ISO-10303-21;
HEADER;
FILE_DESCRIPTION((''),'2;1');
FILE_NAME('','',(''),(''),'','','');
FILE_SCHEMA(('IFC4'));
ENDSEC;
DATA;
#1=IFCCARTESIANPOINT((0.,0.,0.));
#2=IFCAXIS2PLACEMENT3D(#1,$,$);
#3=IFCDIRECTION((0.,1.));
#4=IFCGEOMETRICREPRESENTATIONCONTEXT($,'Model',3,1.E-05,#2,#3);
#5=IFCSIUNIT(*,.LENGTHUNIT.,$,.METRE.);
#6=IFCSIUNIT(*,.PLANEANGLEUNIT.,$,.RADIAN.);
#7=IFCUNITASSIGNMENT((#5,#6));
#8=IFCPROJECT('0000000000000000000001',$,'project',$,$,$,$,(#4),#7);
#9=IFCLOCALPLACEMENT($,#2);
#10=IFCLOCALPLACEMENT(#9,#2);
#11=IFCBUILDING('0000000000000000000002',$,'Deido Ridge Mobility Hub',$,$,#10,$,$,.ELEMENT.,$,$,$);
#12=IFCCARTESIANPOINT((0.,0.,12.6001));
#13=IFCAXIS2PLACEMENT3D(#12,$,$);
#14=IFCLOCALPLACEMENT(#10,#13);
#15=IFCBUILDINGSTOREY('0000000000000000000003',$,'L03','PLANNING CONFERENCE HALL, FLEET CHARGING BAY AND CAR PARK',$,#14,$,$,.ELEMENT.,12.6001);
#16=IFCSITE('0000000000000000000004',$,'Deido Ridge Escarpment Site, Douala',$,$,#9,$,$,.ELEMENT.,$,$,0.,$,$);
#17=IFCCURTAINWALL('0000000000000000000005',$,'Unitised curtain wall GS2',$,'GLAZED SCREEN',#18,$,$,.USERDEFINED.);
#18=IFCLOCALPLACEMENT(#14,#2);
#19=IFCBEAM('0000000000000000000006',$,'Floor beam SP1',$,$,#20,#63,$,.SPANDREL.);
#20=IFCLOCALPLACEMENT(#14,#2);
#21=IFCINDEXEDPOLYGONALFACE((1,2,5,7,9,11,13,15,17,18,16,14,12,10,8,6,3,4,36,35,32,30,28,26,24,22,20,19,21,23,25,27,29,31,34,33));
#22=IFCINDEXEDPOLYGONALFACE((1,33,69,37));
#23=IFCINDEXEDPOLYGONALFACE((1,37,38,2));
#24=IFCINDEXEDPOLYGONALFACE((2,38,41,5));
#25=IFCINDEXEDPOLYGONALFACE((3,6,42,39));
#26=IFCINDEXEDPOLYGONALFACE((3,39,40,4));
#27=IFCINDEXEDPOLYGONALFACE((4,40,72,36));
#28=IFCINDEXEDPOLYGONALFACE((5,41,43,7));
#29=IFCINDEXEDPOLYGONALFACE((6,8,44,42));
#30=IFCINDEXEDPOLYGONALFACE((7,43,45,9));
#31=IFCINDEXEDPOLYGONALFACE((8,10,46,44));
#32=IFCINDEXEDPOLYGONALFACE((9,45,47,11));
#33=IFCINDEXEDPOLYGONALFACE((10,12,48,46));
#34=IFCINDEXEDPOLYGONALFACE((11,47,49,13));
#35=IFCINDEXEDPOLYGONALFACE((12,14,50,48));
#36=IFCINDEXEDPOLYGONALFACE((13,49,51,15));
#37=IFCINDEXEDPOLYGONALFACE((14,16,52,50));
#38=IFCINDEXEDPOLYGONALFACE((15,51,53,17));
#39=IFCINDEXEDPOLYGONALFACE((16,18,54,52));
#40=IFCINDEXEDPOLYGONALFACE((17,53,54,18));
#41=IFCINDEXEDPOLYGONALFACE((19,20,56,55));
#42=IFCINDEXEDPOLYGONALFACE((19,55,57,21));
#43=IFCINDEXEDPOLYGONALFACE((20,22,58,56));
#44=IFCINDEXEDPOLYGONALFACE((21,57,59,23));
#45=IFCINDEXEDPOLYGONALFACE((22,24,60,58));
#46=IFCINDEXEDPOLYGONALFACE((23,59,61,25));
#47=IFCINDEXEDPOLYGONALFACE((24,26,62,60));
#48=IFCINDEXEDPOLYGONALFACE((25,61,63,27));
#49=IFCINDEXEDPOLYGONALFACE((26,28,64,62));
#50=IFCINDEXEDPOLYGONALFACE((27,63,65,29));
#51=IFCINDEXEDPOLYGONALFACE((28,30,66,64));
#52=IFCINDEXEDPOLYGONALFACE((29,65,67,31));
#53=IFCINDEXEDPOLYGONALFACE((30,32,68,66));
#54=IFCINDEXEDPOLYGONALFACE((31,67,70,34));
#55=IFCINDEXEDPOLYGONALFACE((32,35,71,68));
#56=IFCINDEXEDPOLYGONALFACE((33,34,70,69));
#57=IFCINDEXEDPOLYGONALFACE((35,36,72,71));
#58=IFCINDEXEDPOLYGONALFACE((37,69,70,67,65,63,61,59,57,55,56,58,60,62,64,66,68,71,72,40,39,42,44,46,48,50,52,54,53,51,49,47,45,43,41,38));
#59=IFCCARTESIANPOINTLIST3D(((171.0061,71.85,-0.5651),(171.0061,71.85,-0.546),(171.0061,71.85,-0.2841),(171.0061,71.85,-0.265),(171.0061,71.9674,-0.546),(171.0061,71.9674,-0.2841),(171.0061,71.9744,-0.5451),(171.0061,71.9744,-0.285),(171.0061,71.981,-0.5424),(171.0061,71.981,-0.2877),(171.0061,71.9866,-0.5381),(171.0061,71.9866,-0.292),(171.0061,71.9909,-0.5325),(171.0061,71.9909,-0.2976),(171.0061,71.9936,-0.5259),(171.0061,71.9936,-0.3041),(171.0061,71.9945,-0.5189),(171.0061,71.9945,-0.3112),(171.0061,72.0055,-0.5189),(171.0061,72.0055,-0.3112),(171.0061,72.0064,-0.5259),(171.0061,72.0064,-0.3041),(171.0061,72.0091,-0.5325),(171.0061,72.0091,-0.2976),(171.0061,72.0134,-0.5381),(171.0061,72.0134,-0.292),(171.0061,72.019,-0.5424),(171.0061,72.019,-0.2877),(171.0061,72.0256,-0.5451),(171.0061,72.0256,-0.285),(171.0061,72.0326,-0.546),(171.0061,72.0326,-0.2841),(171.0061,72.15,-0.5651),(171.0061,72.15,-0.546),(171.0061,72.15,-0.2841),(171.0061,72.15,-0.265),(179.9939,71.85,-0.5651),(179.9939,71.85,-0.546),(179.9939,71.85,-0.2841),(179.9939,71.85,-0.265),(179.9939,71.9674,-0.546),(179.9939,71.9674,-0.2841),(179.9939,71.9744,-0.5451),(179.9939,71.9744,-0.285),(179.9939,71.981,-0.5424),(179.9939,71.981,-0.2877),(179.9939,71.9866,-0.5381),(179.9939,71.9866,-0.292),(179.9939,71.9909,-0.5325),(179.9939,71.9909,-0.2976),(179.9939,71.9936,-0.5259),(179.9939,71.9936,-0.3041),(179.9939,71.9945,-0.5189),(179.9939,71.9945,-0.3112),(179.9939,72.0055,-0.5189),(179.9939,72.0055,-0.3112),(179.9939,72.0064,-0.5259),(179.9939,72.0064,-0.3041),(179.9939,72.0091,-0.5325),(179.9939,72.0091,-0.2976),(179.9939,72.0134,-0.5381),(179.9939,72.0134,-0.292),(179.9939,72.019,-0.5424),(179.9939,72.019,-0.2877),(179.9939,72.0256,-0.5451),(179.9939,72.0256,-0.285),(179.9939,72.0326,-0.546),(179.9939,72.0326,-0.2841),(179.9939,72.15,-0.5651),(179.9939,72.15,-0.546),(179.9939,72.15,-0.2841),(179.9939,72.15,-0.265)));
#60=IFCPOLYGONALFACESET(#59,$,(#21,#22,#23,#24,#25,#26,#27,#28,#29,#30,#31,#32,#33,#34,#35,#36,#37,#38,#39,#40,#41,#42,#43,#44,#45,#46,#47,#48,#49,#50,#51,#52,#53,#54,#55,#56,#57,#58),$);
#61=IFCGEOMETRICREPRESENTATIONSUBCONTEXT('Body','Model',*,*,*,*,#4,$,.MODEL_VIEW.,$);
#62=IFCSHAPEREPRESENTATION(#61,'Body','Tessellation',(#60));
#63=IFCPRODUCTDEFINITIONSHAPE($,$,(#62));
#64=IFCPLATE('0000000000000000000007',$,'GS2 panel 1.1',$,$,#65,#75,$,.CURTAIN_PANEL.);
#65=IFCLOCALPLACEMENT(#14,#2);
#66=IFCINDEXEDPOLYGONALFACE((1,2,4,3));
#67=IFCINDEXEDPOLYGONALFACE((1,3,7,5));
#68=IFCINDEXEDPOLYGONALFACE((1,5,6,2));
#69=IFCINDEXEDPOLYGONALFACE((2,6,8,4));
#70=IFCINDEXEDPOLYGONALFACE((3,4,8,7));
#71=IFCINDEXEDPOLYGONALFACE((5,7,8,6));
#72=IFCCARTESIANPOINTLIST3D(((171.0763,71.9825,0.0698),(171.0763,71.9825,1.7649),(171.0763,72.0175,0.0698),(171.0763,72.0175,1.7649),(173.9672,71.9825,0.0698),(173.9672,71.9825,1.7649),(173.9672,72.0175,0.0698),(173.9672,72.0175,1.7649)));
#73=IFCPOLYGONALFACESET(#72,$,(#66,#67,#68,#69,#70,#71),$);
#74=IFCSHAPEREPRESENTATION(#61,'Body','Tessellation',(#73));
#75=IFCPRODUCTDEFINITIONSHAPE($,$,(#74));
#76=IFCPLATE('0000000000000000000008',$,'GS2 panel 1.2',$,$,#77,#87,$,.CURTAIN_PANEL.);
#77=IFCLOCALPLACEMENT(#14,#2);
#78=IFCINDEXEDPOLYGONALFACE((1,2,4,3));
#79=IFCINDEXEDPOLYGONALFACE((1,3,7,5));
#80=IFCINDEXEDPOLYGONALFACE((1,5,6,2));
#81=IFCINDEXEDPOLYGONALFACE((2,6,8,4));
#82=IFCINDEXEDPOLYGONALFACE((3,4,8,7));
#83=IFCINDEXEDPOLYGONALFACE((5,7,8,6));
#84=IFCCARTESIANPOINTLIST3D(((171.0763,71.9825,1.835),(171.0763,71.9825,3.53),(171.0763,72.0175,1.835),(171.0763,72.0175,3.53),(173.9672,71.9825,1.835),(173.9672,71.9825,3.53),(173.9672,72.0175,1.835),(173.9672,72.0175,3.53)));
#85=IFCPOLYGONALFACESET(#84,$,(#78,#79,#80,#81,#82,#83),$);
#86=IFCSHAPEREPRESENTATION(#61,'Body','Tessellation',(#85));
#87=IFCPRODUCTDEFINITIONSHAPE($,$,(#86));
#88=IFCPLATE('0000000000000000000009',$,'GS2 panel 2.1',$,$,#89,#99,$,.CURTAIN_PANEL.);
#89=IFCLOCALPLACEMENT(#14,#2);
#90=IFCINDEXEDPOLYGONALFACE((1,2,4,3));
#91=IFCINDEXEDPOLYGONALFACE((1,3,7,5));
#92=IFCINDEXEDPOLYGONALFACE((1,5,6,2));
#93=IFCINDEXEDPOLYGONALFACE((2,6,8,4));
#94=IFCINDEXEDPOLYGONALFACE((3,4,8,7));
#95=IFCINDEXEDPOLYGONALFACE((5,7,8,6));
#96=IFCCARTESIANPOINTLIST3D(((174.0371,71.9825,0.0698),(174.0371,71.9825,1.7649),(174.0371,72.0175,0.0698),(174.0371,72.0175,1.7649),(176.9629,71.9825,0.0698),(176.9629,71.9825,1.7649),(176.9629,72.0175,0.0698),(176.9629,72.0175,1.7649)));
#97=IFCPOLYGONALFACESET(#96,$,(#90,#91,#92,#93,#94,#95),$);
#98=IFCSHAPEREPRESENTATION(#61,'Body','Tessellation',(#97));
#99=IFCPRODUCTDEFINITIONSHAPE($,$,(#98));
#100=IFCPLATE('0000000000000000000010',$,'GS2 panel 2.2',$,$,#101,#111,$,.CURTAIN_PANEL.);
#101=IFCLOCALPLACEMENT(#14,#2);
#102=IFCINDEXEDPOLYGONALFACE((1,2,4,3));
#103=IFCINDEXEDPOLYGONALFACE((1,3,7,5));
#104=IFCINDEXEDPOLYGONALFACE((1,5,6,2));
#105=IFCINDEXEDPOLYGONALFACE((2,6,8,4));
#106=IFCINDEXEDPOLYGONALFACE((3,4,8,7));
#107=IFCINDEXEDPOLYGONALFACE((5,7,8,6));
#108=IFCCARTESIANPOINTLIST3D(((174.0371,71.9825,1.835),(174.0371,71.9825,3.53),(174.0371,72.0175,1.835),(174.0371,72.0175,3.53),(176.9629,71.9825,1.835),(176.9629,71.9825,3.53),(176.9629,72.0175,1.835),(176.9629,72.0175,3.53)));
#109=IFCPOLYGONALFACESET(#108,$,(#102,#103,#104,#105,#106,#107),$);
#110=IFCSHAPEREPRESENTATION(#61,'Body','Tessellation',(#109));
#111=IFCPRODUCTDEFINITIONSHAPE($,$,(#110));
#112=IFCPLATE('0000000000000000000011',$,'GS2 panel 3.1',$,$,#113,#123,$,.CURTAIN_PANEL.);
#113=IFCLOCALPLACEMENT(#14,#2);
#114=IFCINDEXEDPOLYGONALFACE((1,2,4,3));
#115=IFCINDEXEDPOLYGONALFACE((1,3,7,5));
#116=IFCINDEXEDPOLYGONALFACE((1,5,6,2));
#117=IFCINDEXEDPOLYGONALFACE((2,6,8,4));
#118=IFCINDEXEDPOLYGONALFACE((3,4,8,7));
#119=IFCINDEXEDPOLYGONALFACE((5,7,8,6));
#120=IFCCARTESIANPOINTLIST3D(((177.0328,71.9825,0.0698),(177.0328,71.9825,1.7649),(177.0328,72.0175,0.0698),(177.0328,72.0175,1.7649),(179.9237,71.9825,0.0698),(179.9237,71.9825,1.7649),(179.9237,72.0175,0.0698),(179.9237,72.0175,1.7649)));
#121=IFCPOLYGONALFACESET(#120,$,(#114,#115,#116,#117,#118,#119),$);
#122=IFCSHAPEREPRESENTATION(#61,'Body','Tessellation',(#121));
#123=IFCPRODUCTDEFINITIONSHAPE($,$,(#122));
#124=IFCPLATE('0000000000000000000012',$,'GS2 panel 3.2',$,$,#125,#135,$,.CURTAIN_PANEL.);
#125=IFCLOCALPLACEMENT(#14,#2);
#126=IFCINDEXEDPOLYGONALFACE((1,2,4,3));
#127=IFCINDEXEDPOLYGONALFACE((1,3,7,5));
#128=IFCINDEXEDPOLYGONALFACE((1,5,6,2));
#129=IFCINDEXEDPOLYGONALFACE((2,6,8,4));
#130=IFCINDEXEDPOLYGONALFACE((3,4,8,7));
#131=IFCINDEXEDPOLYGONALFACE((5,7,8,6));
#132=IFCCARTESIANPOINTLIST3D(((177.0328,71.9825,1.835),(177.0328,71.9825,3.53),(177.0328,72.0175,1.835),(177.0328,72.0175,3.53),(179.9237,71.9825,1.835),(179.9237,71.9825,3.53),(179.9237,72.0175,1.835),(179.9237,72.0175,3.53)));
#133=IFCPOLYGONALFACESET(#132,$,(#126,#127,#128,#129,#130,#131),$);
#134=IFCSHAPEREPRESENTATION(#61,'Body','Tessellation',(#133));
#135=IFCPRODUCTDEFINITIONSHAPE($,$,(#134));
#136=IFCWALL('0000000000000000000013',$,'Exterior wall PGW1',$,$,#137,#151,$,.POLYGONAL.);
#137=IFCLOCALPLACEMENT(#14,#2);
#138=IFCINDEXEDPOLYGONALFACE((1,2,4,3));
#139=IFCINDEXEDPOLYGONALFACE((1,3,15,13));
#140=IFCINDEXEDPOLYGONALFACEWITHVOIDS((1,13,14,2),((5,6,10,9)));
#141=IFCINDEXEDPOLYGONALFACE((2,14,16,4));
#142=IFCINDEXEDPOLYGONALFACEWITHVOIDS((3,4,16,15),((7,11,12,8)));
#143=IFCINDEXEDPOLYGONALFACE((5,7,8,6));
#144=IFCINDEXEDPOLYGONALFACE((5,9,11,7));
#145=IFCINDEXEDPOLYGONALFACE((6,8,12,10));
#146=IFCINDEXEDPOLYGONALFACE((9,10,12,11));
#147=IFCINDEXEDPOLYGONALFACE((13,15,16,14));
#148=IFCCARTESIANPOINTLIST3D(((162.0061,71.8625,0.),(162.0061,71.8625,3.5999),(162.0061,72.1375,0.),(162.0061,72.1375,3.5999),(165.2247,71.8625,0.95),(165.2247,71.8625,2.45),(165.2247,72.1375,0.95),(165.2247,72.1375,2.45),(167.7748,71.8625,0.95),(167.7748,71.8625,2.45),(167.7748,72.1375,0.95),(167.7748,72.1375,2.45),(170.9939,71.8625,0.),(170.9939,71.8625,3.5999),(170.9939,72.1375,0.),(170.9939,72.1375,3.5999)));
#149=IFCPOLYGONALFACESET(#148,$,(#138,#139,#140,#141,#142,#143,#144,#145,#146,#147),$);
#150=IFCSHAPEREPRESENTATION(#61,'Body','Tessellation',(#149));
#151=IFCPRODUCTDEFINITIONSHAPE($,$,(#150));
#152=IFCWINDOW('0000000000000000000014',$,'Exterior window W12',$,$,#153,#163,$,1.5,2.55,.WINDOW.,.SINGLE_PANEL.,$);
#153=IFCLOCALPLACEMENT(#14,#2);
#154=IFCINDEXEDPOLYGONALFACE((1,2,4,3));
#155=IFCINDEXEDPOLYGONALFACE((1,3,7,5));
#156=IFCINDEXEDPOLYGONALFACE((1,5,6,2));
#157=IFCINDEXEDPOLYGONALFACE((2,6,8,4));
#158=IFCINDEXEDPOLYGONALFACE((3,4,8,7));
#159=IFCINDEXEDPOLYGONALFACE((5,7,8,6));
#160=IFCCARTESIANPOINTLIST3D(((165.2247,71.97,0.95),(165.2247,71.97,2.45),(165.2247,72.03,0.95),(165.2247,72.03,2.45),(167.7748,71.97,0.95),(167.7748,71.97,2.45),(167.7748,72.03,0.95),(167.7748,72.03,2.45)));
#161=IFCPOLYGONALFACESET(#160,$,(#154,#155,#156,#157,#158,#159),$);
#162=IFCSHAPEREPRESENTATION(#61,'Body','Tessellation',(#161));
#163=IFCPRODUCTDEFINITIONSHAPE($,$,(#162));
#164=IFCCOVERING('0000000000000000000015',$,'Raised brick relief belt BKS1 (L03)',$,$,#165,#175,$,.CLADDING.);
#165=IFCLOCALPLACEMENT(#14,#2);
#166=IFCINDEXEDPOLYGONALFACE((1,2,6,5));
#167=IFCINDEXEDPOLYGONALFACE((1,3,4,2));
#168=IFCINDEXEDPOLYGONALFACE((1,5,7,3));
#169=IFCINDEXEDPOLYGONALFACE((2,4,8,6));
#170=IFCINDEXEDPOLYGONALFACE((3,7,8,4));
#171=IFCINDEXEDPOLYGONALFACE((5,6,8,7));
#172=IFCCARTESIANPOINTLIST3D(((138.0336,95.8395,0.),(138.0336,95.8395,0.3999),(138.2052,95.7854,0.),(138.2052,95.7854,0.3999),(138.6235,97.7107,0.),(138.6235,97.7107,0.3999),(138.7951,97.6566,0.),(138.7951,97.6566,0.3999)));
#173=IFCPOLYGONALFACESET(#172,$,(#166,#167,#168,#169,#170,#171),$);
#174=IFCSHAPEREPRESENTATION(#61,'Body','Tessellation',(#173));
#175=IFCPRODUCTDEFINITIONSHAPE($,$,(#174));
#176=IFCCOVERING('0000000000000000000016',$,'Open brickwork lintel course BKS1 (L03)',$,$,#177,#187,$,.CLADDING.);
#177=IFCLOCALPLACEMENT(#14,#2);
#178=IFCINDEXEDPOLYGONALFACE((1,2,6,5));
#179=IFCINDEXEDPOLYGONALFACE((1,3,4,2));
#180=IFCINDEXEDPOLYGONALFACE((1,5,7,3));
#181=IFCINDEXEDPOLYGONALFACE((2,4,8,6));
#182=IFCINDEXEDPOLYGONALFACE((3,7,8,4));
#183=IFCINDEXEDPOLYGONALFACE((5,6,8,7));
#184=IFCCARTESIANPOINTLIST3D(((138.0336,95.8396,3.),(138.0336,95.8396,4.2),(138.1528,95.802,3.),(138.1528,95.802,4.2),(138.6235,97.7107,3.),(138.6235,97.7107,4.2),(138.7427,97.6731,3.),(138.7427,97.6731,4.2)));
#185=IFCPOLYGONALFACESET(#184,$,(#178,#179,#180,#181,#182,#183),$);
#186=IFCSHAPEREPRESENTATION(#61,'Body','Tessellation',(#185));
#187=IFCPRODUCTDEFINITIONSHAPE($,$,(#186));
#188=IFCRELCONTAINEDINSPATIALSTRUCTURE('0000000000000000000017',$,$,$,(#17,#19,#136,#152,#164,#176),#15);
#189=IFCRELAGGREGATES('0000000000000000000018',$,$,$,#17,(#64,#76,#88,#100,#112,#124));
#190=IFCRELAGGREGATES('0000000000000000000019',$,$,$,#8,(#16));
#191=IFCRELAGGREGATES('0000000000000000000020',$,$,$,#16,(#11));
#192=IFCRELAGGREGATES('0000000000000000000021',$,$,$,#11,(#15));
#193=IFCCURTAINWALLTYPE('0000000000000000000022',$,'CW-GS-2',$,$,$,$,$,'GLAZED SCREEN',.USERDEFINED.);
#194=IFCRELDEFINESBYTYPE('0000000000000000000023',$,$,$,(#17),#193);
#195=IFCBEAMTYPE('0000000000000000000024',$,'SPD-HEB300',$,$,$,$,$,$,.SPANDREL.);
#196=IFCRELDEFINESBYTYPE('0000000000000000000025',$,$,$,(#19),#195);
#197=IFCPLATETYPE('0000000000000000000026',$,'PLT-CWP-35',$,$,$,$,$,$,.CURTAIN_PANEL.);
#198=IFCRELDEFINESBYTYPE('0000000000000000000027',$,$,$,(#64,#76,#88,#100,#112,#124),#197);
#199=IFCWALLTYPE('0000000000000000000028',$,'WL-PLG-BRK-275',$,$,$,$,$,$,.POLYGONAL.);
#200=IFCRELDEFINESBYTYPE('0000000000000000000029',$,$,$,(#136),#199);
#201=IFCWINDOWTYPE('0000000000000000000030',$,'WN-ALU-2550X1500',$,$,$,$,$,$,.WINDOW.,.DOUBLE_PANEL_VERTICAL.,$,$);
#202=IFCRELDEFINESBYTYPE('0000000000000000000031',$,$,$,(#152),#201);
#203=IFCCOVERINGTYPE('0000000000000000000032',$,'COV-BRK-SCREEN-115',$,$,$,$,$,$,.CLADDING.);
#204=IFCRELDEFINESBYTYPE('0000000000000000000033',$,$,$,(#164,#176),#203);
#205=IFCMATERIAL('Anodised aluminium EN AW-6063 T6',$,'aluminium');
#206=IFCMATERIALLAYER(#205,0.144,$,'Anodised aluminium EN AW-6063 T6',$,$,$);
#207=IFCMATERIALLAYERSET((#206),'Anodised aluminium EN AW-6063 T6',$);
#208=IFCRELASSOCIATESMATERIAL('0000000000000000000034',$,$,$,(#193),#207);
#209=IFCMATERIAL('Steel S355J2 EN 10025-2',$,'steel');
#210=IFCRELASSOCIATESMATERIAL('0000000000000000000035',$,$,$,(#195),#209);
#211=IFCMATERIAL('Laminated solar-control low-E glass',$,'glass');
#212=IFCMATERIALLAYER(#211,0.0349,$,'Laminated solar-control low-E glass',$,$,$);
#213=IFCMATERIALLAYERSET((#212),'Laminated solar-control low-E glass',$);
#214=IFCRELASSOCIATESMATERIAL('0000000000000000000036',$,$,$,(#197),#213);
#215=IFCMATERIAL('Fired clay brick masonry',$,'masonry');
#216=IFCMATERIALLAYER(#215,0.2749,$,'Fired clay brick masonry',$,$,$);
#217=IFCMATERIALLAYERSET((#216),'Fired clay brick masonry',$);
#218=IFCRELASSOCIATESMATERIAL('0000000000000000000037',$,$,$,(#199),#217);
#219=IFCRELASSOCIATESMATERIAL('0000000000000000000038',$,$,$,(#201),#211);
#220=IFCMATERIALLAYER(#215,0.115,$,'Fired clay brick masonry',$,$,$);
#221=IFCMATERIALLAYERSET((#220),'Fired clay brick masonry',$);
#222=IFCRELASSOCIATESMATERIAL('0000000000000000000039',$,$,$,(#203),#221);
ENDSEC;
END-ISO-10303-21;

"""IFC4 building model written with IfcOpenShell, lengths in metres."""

from ifc_helpers import new_model, si_unit, direction, frame, frame_2d, origin, origin_2d, place, context, subcontext, project, spatial, rectangle, i_section, extrude, material, layer, layer_set, material_profile, profile_set, type_object, element, fill, aggregate, save


model = new_model("IFC4")

# Units and contexts
model_context = context("Model", 3, precision=1e-05, world=origin(), true_north=direction((0.0, 1.0)))
body_context = subcontext(model_context, "Body", "Model", "MODEL_VIEW")
ifc_project = project(units=[si_unit("LENGTHUNIT", "METRE"), si_unit("PLANEANGLEUNIT", "RADIAN")], contexts=[model_context])

# Site, building, storey
site_placement = place(None, origin())
site = spatial("IfcSite", under=ifc_project, at=site_placement, Name="Deido Ridge Escarpment Site, Douala", CompositionType="ELEMENT", RefElevation=0.0)
building_placement = place(site_placement, origin())
building = spatial("IfcBuilding", under=site, at=building_placement, Name="Deido Ridge Mobility Hub", CompositionType="ELEMENT")
storey_placement = place(building_placement, frame((0.0, 0.0, 12.6001)))
storey = spatial("IfcBuildingStorey", under=building, at=storey_placement, Name="L03", Description="PLANNING CONFERENCE HALL, FLEET CHARGING BAY AND CAR PARK", CompositionType="ELEMENT", Elevation=12.6001)

# Shared definitions
ifc_material_1 = material(Name="Steel S355J2 EN 10025-2", Category="steel")

# Curtain wall
ifc_material_2 = material(Name="Anodised aluminium EN AW-6063 T6", Category="aluminium")
ifc_layer_1 = layer(ifc_material_2, 0.144, Name="Anodised aluminium EN AW-6063 T6")
ifc_layer_set_1 = layer_set([ifc_layer_1], Name="Anodised aluminium EN AW-6063 T6")
curtain_wall_type = type_object("IfcCurtainWallType", Name="CW-GS-2", ElementType="GLAZED SCREEN", PredefinedType="USERDEFINED", material=ifc_layer_set_1)
curtain_wall_placement = place(storey_placement, origin())
curtain_wall = element("IfcCurtainWall", 1, at=curtain_wall_placement, inside=storey, type_object=curtain_wall_type, Name="Unitised curtain wall GS2", ObjectType="GLAZED SCREEN", PredefinedType="USERDEFINED")

# Beam
ifc_material_profile_1 = material_profile(ifc_material_1, i_section(OverallWidth=0.3, OverallDepth=0.3, WebThickness=0.011, FlangeThickness=0.019, FilletRadius=0.0271, at=origin_2d()), Name="HEB 300")
ifc_profile_set_1 = profile_set([ifc_material_profile_1], Name="Steel S355J2 EN 10025-2")
beam_type = type_object("IfcBeamType", Name="SPD-HEB300", PredefinedType="SPANDREL", material=ifc_profile_set_1)
for number, where, z_axis, x_axis, name in (
    (2, (171.0061, 72.0, -0.415), (1.0, 0.0, 0.0), (0.0, 1.0, 0.0), "Floor beam SP1"),
):
    element("IfcBeam", number, at=place(storey_placement, frame(where, z_axis=z_axis, x_axis=x_axis)), inside=storey, type_object=beam_type, Name=name, PredefinedType="SPANDREL", context=body_context, shape_type="SweptSolid", body=[
        extrude(i_section(OverallWidth=0.3, OverallDepth=0.3, WebThickness=0.011, FlangeThickness=0.019, FilletRadius=0.0271, at=origin_2d()), origin(), (0.0, 0.0, 1.0), 8.9878),
    ])

# Plates
ifc_material_3 = material(Name="Laminated solar-control low-E glass", Category="glass")
ifc_layer_2 = layer(ifc_material_3, 0.0349, Name="Laminated solar-control low-E glass")
ifc_layer_set_2 = layer_set([ifc_layer_2], Name="Laminated solar-control low-E glass")
plate_type = type_object("IfcPlateType", Name="PLT-CWP-35", PredefinedType="CURTAIN_PANEL", material=ifc_layer_set_2)
plate_1_placement = place(storey_placement, frame((172.5217, 72.0, 0.0698), z_axis=(0.0, 0.0, 1.0), x_axis=(1.0, 0.0, 0.0)))
plate_1 = element("IfcPlate", 3, at=plate_1_placement, type_object=plate_type, Name="GS2 panel 1.1", PredefinedType="CURTAIN_PANEL", context=body_context, shape_type="SweptSolid", body=[
    extrude(rectangle(XDim=2.8909, YDim=0.0349, at=origin_2d()), origin(), (0.0, 0.0, 1.0), 1.6951),
])
plate_2_placement = place(storey_placement, frame((172.5217, 72.0, 1.835), z_axis=(0.0, 0.0, 1.0), x_axis=(1.0, 0.0, 0.0)))
plate_2 = element("IfcPlate", 4, at=plate_2_placement, type_object=plate_type, Name="GS2 panel 1.2", PredefinedType="CURTAIN_PANEL", context=body_context, shape_type="SweptSolid", body=[
    extrude(rectangle(XDim=2.8909, YDim=0.0349, at=origin_2d()), origin(), (0.0, 0.0, 1.0), 1.6951),
])
plate_3_placement = place(storey_placement, frame((175.5, 72.0, 0.0698), z_axis=(0.0, 0.0, 1.0), x_axis=(1.0, 0.0, 0.0)))
plate_3 = element("IfcPlate", 5, at=plate_3_placement, type_object=plate_type, Name="GS2 panel 2.1", PredefinedType="CURTAIN_PANEL", context=body_context, shape_type="SweptSolid", body=[
    extrude(rectangle(XDim=2.9258, YDim=0.0349, at=origin_2d()), origin(), (0.0, 0.0, 1.0), 1.6951),
])
plate_4_placement = place(storey_placement, frame((175.5, 72.0, 1.835), z_axis=(0.0, 0.0, 1.0), x_axis=(1.0, 0.0, 0.0)))
plate_4 = element("IfcPlate", 6, at=plate_4_placement, type_object=plate_type, Name="GS2 panel 2.2", PredefinedType="CURTAIN_PANEL", context=body_context, shape_type="SweptSolid", body=[
    extrude(rectangle(XDim=2.9258, YDim=0.0349, at=origin_2d()), origin(), (0.0, 0.0, 1.0), 1.6951),
])
plate_5_placement = place(storey_placement, frame((178.4783, 72.0, 0.0698), z_axis=(0.0, 0.0, 1.0), x_axis=(1.0, 0.0, 0.0)))
plate_5 = element("IfcPlate", 7, at=plate_5_placement, type_object=plate_type, Name="GS2 panel 3.1", PredefinedType="CURTAIN_PANEL", context=body_context, shape_type="SweptSolid", body=[
    extrude(rectangle(XDim=2.8909, YDim=0.0349, at=origin_2d()), origin(), (0.0, 0.0, 1.0), 1.6951),
])
plate_6_placement = place(storey_placement, frame((178.4783, 72.0, 1.835), z_axis=(0.0, 0.0, 1.0), x_axis=(1.0, 0.0, 0.0)))
plate_6 = element("IfcPlate", 8, at=plate_6_placement, type_object=plate_type, Name="GS2 panel 3.2", PredefinedType="CURTAIN_PANEL", context=body_context, shape_type="SweptSolid", body=[
    extrude(rectangle(XDim=2.8909, YDim=0.0349, at=origin_2d()), origin(), (0.0, 0.0, 1.0), 1.6951),
])
aggregate(curtain_wall, [plate_1, plate_2, plate_3, plate_4, plate_5, plate_6])

# Wall, opening, window
ifc_material_4 = material(Name="Fired clay brick masonry", Category="masonry")
ifc_layer_3 = layer(ifc_material_4, 0.2749, Name="Fired clay brick masonry")
ifc_layer_set_3 = layer_set([ifc_layer_3], Name="Fired clay brick masonry")
wall_type = type_object("IfcWallType", Name="WL-PLG-BRK-275", PredefinedType="POLYGONAL", material=ifc_layer_set_3)
wall_placement = place(storey_placement, frame((162.0061, 72.0, 0.0), z_axis=(0.0, 0.0, 1.0), x_axis=(1.0, 0.0, 0.0)))
wall = element("IfcWall", 9, at=wall_placement, inside=storey, type_object=wall_type, Name="Exterior wall PGW1", PredefinedType="POLYGONAL", context=body_context, shape_type="SweptSolid", body=[
    extrude(rectangle(XDim=8.9878, YDim=0.2749, at=frame_2d((4.4939, 0.0))), origin(), (0.0, 0.0, 1.0), 3.5999),
])
opening_placement = place(wall_placement, frame((3.2188, 0.0, 0.95)))
opening = element("IfcOpeningElement", 10, at=opening_placement, cuts=wall, PredefinedType="OPENING", context=body_context, shape_type="SweptSolid", body=[
    extrude(rectangle(XDim=2.55, YDim=1.5, at=frame_2d((1.2749, 0.75))), frame((0.0, 0.1475, 0.0), z_axis=(0.0, -1.0, 0.0), x_axis=(1.0, 0.0, 0.0)), (0.0, 0.0, 1.0), 0.2949),
])
window_type = type_object("IfcWindowType", Name="WN-ALU-2550X1500", PartitioningType="DOUBLE_PANEL_VERTICAL", PredefinedType="WINDOW", material=ifc_material_3)
window_placement = place(opening_placement, origin())
window = element("IfcWindow", 11, at=window_placement, inside=storey, type_object=window_type, Name="Exterior window W12", OverallHeight=1.5, OverallWidth=2.55, PartitioningType="SINGLE_PANEL", PredefinedType="WINDOW", context=body_context, shape_type="SweptSolid", body=[
    extrude(rectangle(XDim=2.55, YDim=1.5, at=frame_2d((1.2749, 0.75))), frame((0.0, 0.03, 0.0), z_axis=(0.0, -1.0, 0.0), x_axis=(1.0, 0.0, 0.0)), (0.0, 0.0, 1.0), 0.0601),
])
fill(opening, window)

# Coverings
ifc_layer_4 = layer(ifc_material_4, 0.115, Name="Fired clay brick masonry")
ifc_layer_set_4 = layer_set([ifc_layer_4], Name="Fired clay brick masonry")
covering_type = type_object("IfcCoveringType", Name="COV-BRK-SCREEN-115", PredefinedType="CLADDING", material=ifc_layer_set_4)
covering_1_placement = place(storey_placement, frame((138.4143, 96.748, 0.0), z_axis=(0.0, 0.0, 1.0), x_axis=(0.300673, 0.953727, 0.0)))
element("IfcCovering", 12, at=covering_1_placement, inside=storey, type_object=covering_type, Name="Raised brick relief belt BKS1 (L03)", PredefinedType="CLADDING", context=body_context, shape_type="SweptSolid", body=[
    extrude(rectangle(XDim=1.9619, YDim=0.1799, at=origin_2d()), origin(), (0.0, 0.0, 1.0), 0.3999),
])
covering_2_placement = place(storey_placement, frame((138.3882, 96.7563, 3.0), z_axis=(0.0, 0.0, 1.0), x_axis=(0.300673, 0.953727, 0.0)))
element("IfcCovering", 13, at=covering_2_placement, inside=storey, type_object=covering_type, Name="Open brickwork lintel course BKS1 (L03)", PredefinedType="CLADDING", context=body_context, shape_type="SweptSolid", body=[
    extrude(rectangle(XDim=1.9619, YDim=0.125, at=origin_2d()), origin(), (0.0, 0.0, 1.0), 1.2),
])

save(model, "model.ifc")
